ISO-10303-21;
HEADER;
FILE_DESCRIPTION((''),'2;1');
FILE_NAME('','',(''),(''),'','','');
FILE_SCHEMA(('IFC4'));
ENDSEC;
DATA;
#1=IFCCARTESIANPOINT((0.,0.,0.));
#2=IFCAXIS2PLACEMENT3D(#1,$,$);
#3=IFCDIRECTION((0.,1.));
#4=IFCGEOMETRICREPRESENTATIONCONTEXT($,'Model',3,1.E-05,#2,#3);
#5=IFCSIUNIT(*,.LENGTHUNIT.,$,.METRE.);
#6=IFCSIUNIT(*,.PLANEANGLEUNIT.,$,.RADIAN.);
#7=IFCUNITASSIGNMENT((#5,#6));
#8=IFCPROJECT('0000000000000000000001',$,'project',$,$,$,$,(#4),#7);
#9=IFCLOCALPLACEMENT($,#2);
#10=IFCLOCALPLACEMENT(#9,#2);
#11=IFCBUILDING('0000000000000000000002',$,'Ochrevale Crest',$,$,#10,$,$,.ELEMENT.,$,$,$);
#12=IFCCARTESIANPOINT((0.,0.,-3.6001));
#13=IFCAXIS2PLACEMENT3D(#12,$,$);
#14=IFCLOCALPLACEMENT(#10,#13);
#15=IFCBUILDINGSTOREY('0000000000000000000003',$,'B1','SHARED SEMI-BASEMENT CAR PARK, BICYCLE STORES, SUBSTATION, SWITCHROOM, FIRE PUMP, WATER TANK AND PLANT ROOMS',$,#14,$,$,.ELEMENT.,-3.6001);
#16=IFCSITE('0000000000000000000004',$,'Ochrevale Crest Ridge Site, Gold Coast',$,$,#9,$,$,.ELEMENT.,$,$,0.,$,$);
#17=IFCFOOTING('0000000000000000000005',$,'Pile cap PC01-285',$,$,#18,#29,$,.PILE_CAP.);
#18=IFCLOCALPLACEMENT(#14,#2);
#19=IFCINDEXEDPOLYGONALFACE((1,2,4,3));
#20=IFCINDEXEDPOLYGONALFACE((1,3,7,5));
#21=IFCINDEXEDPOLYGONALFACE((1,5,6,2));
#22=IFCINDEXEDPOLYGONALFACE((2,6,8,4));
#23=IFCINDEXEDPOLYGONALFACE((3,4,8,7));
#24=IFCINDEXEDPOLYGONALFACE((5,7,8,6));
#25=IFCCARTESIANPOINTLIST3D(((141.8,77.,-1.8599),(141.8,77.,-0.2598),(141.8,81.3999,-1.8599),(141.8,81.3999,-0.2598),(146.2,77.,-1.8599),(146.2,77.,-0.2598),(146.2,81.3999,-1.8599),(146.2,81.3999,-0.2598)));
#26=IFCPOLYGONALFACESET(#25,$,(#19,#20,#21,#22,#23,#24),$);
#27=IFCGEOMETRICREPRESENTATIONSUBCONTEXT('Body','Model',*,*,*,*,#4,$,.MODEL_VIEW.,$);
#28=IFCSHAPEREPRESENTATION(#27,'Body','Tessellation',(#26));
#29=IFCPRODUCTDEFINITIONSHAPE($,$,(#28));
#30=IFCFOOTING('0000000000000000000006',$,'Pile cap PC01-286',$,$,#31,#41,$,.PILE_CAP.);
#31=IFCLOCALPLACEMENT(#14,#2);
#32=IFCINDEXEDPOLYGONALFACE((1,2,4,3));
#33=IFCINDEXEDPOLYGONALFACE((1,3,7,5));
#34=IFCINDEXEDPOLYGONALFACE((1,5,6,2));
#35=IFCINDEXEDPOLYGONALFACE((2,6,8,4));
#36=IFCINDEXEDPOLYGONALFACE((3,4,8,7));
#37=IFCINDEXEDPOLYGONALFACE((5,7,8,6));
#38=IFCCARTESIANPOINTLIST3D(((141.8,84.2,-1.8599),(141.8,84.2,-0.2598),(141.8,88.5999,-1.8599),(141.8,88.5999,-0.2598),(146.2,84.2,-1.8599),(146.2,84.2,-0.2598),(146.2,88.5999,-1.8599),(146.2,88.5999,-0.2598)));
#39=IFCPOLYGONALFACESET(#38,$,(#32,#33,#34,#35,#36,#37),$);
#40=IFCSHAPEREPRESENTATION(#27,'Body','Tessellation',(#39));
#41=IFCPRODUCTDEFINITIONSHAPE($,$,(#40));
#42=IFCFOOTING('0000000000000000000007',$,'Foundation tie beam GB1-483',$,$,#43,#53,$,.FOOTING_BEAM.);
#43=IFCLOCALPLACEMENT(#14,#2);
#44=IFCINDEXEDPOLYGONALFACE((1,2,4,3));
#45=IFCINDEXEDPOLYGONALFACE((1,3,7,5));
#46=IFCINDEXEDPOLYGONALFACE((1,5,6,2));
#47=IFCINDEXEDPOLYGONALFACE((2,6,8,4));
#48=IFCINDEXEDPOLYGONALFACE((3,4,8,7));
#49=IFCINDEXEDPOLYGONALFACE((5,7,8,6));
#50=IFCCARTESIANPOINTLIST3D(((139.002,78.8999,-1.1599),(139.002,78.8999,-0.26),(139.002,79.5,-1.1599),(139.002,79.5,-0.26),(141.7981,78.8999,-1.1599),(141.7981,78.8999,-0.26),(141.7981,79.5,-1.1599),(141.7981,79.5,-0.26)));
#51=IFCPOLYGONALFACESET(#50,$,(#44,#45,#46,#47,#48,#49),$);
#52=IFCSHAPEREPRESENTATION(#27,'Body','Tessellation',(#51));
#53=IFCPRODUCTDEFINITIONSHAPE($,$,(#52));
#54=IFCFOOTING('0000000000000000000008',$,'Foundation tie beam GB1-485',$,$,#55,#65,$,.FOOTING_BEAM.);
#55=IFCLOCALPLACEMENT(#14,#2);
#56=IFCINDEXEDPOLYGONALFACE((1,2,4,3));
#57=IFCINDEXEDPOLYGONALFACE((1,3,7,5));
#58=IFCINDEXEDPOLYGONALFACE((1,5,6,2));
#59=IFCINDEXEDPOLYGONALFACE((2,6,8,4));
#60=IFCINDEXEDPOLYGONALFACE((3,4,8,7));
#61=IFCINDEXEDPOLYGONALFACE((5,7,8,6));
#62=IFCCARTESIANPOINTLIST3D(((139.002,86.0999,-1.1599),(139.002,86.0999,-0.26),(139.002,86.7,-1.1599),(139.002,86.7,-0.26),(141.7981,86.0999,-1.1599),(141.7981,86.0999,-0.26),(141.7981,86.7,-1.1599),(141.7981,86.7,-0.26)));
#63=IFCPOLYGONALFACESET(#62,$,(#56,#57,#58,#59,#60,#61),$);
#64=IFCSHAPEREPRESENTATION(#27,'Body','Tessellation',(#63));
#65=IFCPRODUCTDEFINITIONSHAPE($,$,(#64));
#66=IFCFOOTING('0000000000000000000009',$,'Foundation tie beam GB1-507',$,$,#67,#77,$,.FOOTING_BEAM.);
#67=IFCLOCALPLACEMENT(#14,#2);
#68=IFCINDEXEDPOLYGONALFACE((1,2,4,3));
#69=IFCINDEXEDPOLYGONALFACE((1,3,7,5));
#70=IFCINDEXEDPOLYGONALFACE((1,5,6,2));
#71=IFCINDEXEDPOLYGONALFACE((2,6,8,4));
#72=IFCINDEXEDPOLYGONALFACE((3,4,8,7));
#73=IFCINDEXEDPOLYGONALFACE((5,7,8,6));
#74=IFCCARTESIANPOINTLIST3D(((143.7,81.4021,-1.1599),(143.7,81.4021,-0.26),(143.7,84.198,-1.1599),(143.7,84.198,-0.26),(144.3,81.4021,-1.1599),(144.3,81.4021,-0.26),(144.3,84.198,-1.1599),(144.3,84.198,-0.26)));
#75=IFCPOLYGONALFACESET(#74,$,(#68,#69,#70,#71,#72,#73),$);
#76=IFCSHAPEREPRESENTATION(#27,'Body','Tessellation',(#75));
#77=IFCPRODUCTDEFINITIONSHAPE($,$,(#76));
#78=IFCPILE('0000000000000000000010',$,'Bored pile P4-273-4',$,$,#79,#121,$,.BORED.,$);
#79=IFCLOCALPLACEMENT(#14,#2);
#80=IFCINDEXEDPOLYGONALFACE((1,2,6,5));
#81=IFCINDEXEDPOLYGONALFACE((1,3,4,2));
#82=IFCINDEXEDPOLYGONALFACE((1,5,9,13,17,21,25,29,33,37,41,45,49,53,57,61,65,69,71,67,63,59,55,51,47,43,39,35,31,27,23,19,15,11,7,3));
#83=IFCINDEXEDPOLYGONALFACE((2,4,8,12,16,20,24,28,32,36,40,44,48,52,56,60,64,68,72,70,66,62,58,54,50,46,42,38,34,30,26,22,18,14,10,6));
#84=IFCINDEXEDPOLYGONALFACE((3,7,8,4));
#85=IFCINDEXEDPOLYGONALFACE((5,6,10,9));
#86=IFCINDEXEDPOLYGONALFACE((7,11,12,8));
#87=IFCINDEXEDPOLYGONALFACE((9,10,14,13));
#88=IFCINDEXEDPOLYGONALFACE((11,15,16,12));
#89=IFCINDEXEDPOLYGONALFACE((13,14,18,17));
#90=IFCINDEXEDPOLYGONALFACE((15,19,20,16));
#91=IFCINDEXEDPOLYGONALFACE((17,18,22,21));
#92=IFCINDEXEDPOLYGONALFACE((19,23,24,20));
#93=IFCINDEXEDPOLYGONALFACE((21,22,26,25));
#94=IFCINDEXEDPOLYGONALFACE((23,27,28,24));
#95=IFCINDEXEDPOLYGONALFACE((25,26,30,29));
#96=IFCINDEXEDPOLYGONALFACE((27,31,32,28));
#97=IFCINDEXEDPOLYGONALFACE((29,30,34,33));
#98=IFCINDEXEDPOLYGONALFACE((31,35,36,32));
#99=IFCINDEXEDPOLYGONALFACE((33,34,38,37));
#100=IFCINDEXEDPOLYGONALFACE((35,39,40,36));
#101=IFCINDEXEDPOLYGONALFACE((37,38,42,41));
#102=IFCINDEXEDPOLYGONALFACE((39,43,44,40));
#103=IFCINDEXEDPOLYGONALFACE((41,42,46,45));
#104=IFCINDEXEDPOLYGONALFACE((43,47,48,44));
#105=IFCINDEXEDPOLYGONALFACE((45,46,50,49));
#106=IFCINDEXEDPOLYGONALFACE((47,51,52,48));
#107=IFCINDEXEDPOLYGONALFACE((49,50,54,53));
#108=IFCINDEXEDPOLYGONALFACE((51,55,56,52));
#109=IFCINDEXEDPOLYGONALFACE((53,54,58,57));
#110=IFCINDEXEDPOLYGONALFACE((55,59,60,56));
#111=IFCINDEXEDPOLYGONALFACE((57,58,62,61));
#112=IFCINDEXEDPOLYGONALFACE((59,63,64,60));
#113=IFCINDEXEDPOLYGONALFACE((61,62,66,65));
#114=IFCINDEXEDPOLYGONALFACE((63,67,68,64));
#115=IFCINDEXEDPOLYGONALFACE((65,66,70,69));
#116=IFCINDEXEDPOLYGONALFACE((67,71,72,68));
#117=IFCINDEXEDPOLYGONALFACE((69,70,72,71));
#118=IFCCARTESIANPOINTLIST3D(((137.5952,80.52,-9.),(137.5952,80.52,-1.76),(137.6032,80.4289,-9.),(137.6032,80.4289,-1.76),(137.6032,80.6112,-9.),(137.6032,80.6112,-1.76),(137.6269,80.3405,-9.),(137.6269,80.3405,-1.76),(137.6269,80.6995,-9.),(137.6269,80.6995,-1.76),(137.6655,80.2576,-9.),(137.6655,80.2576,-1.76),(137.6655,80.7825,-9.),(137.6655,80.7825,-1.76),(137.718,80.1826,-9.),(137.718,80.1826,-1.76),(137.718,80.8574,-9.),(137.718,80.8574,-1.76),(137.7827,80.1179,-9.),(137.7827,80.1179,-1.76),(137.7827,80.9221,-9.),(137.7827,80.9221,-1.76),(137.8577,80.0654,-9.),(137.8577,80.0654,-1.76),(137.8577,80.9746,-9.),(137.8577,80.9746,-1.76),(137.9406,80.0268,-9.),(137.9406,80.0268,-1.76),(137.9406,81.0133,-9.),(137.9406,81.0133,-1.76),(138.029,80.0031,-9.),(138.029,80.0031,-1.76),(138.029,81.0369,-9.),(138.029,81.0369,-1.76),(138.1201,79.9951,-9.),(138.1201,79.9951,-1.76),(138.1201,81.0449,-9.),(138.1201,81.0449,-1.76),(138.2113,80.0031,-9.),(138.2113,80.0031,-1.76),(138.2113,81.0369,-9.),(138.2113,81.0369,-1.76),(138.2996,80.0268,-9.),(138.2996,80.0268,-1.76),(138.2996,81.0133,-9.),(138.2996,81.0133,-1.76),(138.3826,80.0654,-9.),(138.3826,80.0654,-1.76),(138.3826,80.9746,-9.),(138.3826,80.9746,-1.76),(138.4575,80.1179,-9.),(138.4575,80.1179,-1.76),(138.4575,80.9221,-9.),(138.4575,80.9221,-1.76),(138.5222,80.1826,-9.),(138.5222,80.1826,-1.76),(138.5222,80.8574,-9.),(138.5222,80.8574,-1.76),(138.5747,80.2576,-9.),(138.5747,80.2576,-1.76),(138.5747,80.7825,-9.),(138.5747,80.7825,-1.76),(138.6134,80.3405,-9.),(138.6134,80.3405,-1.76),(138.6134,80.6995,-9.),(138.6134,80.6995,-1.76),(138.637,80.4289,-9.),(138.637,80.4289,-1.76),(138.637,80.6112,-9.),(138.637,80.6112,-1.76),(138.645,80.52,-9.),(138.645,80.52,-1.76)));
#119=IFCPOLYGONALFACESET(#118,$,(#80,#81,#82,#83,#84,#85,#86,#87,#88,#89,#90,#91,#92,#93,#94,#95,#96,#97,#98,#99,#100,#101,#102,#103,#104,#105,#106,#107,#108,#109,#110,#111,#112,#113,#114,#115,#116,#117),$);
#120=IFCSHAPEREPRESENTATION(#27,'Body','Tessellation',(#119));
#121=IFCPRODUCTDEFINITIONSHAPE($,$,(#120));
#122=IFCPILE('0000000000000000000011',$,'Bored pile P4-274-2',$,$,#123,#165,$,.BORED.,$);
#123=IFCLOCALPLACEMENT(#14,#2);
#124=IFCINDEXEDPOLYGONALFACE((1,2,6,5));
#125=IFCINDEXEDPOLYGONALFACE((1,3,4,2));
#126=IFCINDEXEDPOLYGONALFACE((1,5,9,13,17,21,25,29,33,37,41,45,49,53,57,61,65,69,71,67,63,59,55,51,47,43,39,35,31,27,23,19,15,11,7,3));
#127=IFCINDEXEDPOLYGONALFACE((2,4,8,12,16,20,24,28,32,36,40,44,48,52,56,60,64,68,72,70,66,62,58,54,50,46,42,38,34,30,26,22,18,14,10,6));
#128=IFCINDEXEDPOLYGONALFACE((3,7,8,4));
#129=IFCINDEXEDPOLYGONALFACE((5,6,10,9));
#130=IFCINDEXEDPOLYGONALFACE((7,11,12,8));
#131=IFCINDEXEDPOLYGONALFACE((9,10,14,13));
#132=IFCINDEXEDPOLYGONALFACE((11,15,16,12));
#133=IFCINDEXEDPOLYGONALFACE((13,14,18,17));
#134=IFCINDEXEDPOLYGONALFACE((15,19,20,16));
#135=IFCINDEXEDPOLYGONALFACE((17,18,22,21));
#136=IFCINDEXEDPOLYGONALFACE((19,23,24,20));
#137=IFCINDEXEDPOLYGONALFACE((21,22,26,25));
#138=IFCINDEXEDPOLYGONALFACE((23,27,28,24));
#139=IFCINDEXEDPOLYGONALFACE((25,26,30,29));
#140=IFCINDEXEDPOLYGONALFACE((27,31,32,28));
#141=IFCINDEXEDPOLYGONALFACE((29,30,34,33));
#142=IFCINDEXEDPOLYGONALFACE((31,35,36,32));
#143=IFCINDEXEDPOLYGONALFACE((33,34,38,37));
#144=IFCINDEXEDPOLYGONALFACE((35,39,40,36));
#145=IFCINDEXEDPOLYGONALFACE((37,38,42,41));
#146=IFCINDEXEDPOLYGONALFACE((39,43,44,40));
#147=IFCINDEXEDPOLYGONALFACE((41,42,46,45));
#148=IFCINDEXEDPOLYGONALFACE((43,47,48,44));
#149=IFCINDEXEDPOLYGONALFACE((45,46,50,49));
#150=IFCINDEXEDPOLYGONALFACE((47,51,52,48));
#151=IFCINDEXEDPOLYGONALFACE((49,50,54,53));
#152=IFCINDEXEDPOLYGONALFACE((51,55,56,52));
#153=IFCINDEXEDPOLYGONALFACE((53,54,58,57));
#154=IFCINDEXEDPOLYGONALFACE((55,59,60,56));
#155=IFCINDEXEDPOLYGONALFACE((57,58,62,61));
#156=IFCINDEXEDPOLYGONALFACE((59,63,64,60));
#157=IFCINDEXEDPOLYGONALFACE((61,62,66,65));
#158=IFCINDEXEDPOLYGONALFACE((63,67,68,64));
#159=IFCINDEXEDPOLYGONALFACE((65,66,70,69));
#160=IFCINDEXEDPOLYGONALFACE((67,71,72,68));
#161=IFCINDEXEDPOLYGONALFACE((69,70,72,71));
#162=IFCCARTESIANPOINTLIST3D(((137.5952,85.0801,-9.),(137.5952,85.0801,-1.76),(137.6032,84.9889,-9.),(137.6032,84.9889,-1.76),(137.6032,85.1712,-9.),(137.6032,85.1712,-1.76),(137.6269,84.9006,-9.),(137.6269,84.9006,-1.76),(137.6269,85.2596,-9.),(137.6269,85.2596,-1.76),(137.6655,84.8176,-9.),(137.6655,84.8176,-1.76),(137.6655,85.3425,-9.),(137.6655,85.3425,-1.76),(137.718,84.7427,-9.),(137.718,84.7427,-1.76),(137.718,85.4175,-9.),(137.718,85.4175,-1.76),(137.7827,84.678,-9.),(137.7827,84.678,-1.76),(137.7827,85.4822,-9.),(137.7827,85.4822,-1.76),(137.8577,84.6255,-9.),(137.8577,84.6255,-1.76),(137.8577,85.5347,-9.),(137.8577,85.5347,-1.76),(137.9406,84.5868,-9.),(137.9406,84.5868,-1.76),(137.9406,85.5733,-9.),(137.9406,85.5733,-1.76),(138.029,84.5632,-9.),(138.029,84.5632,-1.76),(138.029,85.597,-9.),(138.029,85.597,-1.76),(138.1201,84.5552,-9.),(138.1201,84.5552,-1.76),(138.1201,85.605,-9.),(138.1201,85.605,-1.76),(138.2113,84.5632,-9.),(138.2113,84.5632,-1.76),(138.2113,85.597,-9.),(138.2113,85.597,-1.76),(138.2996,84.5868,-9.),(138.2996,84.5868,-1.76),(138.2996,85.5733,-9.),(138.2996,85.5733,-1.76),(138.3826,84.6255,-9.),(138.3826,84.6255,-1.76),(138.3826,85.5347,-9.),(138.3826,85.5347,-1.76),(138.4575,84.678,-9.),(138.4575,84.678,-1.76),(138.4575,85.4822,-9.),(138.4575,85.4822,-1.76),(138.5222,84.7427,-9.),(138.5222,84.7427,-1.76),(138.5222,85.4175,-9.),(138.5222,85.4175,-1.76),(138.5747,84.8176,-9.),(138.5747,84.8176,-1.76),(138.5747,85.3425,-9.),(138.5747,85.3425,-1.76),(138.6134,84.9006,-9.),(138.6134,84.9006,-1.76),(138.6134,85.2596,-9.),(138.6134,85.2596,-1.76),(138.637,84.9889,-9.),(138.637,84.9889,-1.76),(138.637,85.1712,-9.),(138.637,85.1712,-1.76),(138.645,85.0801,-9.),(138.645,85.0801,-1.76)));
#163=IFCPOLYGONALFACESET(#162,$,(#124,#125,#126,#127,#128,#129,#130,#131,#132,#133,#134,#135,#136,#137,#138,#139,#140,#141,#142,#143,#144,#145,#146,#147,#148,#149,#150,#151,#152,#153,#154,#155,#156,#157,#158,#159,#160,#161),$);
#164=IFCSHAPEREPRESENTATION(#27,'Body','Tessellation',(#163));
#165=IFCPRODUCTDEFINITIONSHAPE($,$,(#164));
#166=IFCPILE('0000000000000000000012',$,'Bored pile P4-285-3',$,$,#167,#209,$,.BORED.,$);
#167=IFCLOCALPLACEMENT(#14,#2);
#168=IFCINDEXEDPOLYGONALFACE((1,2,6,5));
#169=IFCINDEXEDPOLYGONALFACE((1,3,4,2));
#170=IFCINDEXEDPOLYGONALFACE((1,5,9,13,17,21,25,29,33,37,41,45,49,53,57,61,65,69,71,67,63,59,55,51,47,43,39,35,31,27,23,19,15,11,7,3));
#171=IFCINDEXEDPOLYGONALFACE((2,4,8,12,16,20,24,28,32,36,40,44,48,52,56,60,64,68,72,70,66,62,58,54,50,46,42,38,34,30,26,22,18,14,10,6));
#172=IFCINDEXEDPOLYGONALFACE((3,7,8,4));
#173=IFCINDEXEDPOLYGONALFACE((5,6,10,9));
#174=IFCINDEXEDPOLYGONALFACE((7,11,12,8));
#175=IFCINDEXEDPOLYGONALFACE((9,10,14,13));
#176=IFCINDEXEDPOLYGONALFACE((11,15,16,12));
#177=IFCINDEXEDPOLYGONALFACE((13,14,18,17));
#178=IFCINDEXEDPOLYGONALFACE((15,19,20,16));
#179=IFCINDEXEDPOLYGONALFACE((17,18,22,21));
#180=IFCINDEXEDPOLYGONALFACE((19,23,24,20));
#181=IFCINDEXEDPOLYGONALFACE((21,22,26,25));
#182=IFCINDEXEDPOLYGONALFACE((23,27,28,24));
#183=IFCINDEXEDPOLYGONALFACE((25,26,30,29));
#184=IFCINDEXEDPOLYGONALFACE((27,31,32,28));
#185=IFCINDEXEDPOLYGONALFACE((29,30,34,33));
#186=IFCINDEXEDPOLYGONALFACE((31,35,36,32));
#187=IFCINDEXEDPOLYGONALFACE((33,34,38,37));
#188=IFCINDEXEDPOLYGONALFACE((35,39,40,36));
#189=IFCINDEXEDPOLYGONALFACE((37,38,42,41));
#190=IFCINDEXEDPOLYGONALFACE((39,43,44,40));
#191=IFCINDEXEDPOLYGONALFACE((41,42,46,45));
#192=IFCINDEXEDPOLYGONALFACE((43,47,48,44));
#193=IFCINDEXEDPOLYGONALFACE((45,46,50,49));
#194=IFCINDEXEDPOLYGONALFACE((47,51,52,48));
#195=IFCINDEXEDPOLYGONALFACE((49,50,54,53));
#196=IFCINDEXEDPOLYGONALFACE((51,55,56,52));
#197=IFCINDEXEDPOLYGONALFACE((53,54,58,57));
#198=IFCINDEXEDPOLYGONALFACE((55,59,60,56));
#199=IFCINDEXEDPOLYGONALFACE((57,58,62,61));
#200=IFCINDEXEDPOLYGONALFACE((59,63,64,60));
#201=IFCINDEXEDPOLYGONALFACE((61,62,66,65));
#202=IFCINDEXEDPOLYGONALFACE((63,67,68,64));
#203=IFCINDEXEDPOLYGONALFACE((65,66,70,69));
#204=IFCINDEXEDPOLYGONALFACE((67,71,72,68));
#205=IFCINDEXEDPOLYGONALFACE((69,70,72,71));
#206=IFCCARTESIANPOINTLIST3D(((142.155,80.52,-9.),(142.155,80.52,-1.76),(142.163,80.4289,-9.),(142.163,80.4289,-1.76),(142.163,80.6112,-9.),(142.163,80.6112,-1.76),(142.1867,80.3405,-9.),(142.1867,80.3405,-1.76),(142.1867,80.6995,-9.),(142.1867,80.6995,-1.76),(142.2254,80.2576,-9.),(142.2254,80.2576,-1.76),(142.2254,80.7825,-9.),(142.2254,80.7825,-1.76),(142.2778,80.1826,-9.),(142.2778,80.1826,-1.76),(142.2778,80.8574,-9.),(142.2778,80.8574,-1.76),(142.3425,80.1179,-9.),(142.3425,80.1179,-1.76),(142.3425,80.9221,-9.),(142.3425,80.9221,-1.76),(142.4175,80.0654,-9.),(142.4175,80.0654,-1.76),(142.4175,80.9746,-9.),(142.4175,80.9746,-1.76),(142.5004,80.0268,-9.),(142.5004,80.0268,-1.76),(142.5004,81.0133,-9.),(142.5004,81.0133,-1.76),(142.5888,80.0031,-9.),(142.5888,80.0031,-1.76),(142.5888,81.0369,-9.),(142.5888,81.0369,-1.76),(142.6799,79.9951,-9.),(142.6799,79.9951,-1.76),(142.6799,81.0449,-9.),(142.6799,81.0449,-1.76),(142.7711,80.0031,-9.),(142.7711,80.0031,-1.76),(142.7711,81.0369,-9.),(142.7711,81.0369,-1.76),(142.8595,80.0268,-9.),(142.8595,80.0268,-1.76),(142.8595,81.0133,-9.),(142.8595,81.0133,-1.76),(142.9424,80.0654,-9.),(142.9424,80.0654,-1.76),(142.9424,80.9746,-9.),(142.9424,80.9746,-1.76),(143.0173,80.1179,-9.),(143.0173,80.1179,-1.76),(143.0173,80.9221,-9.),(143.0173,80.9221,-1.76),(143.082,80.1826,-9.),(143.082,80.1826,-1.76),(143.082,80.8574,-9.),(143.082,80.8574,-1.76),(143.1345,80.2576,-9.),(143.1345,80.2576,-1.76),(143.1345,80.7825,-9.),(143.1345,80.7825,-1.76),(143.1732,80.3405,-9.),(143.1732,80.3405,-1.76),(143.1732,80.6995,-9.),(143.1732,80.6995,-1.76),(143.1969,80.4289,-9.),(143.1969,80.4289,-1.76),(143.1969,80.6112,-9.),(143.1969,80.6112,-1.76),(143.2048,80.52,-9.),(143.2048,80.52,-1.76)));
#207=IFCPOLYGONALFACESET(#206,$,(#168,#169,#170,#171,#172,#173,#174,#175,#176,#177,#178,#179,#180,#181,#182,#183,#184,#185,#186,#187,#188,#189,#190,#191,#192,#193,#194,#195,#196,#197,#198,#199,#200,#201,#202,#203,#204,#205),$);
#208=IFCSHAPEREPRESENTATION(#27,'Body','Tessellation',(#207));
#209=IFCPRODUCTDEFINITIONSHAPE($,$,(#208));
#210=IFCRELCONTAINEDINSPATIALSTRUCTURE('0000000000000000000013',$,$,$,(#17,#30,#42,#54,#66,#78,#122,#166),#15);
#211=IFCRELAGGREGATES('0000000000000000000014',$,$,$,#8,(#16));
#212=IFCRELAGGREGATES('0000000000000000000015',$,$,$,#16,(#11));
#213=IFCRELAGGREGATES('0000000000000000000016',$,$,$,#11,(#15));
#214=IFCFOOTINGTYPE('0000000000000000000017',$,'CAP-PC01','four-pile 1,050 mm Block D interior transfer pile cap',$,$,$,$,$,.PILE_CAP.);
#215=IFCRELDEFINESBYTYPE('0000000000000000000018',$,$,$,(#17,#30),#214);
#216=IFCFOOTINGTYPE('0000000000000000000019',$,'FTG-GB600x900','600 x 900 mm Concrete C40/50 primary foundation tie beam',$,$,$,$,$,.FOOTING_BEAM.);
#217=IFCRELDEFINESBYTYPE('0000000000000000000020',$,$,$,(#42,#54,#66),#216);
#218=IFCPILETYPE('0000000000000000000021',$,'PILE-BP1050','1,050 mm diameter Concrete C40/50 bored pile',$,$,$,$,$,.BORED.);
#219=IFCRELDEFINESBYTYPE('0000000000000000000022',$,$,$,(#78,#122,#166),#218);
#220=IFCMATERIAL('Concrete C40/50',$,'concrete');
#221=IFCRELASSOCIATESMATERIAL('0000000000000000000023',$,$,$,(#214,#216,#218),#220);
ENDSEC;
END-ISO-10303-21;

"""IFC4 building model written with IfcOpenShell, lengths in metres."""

from ifc_helpers import new_model, si_unit, direction, frame, origin, origin_2d, place, context, subcontext, project, spatial, rectangle, circle, extrude, material, material_profile, profile_set, type_object, element, save


model = new_model("IFC4")

# Units and contexts
model_context = context("Model", 3, precision=1e-05, world=origin(), true_north=direction((0.0, 1.0)))
body_context = subcontext(model_context, "Body", "Model", "MODEL_VIEW")
ifc_project = project(units=[si_unit("LENGTHUNIT", "METRE"), si_unit("PLANEANGLEUNIT", "RADIAN")], contexts=[model_context])

# Site, building, storey
site_placement = place(None, origin())
site = spatial("IfcSite", under=ifc_project, at=site_placement, Name="Ochrevale Crest Ridge Site, Gold Coast", CompositionType="ELEMENT", RefElevation=0.0)
building_placement = place(site_placement, origin())
building = spatial("IfcBuilding", under=site, at=building_placement, Name="Ochrevale Crest", CompositionType="ELEMENT")
storey_placement = place(building_placement, frame((0.0, 0.0, -3.6001)))
storey = spatial("IfcBuildingStorey", under=building, at=storey_placement, Name="B1", Description="SHARED SEMI-BASEMENT CAR PARK, BICYCLE STORES, SUBSTATION, SWITCHROOM, FIRE PUMP, WATER TANK AND PLANT ROOMS", CompositionType="ELEMENT", Elevation=-3.6001)

# Footings
ifc_material_1 = material(Name="Concrete C40/50", Category="concrete")
footing_type_1 = type_object("IfcFootingType", Name="CAP-PC01", Description="four-pile 1,050 mm Block D interior transfer pile cap", PredefinedType="PILE_CAP", material=ifc_material_1)
for number, where, z_axis, x_axis, name in (
    (1, (144.0, 79.2, -1.8599), (0.0, 0.0, 1.0), (1.0, 0.0, 0.0), "Pile cap PC01-285"),
    (2, (144.0, 86.3999, -1.8599), (0.0, 0.0, 1.0), (1.0, 0.0, 0.0), "Pile cap PC01-286"),
):
    element("IfcFooting", number, at=place(storey_placement, frame(where, z_axis=z_axis, x_axis=x_axis)), inside=storey, type_object=footing_type_1, Name=name, PredefinedType="PILE_CAP", context=body_context, shape_type="SweptSolid", body=[
        extrude(rectangle(XDim=4.3999, YDim=4.3999, at=origin_2d()), origin(), (0.0, 0.0, 1.0), 1.6001),
    ])
ifc_material_profile_1 = material_profile(ifc_material_1, rectangle(XDim=0.6001, YDim=0.8999, at=origin_2d()), Name="GB 600x900")
ifc_profile_set_1 = profile_set([ifc_material_profile_1], Name="Concrete C40/50")
footing_type_2 = type_object("IfcFootingType", Name="FTG-GB600x900", Description="600 x 900 mm Concrete C40/50 primary foundation tie beam", PredefinedType="FOOTING_BEAM", material=ifc_profile_set_1)
for number, where, z_axis, x_axis, name in (
    (3, (139.002, 79.2, -0.71), (1.0, 0.0, 0.0), (0.0, 1.0, 0.0), "Foundation tie beam GB1-483"),
    (4, (139.002, 86.3999, -0.71), (1.0, 0.0, 0.0), (0.0, 1.0, 0.0), "Foundation tie beam GB1-485"),
):
    element("IfcFooting", number, at=place(storey_placement, frame(where, z_axis=z_axis, x_axis=x_axis)), inside=storey, type_object=footing_type_2, Name=name, PredefinedType="FOOTING_BEAM", context=body_context, shape_type="SweptSolid", body=[
        extrude(rectangle(XDim=0.6001, YDim=0.8999, at=origin_2d()), origin(), (0.0, 0.0, 1.0), 2.7961),
    ])
footing_placement = place(storey_placement, frame((144.0, 81.4021, -0.71), z_axis=(0.0, 1.0, 0.0), x_axis=(-1.0, 0.0, 0.0)))
element("IfcFooting", 5, at=footing_placement, inside=storey, type_object=footing_type_2, Name="Foundation tie beam GB1-507", PredefinedType="FOOTING_BEAM", context=body_context, shape_type="SweptSolid", body=[
    extrude(rectangle(XDim=0.6001, YDim=0.8999, at=origin_2d()), origin(), (0.0, 0.0, 1.0), 2.7959),
])

# Piles
ifc_material_profile_2 = material_profile(ifc_material_1, circle(Radius=0.5249, at=origin_2d()), Name="BORED PILE 1050")
ifc_profile_set_2 = profile_set([ifc_material_profile_2], Name="Concrete C40/50")
pile_type = type_object("IfcPileType", Name="PILE-BP1050", Description="1,050 mm diameter Concrete C40/50 bored pile", PredefinedType="BORED", material=ifc_profile_set_2)
for number, where, z_axis, x_axis, name in (
    (6, (138.1201, 80.52, -1.76), (0.0, 0.0, -1.0), (1.0, 0.0, 0.0), "Bored pile P4-273-4"),
    (7, (138.1201, 85.0801, -1.76), (0.0, 0.0, -1.0), (1.0, 0.0, 0.0), "Bored pile P4-274-2"),
    (8, (142.6799, 80.52, -1.76), (0.0, 0.0, -1.0), (1.0, 0.0, 0.0), "Bored pile P4-285-3"),
):
    element("IfcPile", number, at=place(storey_placement, frame(where, z_axis=z_axis, x_axis=x_axis)), inside=storey, type_object=pile_type, Name=name, PredefinedType="BORED", context=body_context, shape_type="SweptSolid", body=[
        extrude(circle(Radius=0.5249, at=origin_2d()), origin(), (0.0, 0.0, 1.0), 7.24),
    ])

save(model, "model.ifc")
